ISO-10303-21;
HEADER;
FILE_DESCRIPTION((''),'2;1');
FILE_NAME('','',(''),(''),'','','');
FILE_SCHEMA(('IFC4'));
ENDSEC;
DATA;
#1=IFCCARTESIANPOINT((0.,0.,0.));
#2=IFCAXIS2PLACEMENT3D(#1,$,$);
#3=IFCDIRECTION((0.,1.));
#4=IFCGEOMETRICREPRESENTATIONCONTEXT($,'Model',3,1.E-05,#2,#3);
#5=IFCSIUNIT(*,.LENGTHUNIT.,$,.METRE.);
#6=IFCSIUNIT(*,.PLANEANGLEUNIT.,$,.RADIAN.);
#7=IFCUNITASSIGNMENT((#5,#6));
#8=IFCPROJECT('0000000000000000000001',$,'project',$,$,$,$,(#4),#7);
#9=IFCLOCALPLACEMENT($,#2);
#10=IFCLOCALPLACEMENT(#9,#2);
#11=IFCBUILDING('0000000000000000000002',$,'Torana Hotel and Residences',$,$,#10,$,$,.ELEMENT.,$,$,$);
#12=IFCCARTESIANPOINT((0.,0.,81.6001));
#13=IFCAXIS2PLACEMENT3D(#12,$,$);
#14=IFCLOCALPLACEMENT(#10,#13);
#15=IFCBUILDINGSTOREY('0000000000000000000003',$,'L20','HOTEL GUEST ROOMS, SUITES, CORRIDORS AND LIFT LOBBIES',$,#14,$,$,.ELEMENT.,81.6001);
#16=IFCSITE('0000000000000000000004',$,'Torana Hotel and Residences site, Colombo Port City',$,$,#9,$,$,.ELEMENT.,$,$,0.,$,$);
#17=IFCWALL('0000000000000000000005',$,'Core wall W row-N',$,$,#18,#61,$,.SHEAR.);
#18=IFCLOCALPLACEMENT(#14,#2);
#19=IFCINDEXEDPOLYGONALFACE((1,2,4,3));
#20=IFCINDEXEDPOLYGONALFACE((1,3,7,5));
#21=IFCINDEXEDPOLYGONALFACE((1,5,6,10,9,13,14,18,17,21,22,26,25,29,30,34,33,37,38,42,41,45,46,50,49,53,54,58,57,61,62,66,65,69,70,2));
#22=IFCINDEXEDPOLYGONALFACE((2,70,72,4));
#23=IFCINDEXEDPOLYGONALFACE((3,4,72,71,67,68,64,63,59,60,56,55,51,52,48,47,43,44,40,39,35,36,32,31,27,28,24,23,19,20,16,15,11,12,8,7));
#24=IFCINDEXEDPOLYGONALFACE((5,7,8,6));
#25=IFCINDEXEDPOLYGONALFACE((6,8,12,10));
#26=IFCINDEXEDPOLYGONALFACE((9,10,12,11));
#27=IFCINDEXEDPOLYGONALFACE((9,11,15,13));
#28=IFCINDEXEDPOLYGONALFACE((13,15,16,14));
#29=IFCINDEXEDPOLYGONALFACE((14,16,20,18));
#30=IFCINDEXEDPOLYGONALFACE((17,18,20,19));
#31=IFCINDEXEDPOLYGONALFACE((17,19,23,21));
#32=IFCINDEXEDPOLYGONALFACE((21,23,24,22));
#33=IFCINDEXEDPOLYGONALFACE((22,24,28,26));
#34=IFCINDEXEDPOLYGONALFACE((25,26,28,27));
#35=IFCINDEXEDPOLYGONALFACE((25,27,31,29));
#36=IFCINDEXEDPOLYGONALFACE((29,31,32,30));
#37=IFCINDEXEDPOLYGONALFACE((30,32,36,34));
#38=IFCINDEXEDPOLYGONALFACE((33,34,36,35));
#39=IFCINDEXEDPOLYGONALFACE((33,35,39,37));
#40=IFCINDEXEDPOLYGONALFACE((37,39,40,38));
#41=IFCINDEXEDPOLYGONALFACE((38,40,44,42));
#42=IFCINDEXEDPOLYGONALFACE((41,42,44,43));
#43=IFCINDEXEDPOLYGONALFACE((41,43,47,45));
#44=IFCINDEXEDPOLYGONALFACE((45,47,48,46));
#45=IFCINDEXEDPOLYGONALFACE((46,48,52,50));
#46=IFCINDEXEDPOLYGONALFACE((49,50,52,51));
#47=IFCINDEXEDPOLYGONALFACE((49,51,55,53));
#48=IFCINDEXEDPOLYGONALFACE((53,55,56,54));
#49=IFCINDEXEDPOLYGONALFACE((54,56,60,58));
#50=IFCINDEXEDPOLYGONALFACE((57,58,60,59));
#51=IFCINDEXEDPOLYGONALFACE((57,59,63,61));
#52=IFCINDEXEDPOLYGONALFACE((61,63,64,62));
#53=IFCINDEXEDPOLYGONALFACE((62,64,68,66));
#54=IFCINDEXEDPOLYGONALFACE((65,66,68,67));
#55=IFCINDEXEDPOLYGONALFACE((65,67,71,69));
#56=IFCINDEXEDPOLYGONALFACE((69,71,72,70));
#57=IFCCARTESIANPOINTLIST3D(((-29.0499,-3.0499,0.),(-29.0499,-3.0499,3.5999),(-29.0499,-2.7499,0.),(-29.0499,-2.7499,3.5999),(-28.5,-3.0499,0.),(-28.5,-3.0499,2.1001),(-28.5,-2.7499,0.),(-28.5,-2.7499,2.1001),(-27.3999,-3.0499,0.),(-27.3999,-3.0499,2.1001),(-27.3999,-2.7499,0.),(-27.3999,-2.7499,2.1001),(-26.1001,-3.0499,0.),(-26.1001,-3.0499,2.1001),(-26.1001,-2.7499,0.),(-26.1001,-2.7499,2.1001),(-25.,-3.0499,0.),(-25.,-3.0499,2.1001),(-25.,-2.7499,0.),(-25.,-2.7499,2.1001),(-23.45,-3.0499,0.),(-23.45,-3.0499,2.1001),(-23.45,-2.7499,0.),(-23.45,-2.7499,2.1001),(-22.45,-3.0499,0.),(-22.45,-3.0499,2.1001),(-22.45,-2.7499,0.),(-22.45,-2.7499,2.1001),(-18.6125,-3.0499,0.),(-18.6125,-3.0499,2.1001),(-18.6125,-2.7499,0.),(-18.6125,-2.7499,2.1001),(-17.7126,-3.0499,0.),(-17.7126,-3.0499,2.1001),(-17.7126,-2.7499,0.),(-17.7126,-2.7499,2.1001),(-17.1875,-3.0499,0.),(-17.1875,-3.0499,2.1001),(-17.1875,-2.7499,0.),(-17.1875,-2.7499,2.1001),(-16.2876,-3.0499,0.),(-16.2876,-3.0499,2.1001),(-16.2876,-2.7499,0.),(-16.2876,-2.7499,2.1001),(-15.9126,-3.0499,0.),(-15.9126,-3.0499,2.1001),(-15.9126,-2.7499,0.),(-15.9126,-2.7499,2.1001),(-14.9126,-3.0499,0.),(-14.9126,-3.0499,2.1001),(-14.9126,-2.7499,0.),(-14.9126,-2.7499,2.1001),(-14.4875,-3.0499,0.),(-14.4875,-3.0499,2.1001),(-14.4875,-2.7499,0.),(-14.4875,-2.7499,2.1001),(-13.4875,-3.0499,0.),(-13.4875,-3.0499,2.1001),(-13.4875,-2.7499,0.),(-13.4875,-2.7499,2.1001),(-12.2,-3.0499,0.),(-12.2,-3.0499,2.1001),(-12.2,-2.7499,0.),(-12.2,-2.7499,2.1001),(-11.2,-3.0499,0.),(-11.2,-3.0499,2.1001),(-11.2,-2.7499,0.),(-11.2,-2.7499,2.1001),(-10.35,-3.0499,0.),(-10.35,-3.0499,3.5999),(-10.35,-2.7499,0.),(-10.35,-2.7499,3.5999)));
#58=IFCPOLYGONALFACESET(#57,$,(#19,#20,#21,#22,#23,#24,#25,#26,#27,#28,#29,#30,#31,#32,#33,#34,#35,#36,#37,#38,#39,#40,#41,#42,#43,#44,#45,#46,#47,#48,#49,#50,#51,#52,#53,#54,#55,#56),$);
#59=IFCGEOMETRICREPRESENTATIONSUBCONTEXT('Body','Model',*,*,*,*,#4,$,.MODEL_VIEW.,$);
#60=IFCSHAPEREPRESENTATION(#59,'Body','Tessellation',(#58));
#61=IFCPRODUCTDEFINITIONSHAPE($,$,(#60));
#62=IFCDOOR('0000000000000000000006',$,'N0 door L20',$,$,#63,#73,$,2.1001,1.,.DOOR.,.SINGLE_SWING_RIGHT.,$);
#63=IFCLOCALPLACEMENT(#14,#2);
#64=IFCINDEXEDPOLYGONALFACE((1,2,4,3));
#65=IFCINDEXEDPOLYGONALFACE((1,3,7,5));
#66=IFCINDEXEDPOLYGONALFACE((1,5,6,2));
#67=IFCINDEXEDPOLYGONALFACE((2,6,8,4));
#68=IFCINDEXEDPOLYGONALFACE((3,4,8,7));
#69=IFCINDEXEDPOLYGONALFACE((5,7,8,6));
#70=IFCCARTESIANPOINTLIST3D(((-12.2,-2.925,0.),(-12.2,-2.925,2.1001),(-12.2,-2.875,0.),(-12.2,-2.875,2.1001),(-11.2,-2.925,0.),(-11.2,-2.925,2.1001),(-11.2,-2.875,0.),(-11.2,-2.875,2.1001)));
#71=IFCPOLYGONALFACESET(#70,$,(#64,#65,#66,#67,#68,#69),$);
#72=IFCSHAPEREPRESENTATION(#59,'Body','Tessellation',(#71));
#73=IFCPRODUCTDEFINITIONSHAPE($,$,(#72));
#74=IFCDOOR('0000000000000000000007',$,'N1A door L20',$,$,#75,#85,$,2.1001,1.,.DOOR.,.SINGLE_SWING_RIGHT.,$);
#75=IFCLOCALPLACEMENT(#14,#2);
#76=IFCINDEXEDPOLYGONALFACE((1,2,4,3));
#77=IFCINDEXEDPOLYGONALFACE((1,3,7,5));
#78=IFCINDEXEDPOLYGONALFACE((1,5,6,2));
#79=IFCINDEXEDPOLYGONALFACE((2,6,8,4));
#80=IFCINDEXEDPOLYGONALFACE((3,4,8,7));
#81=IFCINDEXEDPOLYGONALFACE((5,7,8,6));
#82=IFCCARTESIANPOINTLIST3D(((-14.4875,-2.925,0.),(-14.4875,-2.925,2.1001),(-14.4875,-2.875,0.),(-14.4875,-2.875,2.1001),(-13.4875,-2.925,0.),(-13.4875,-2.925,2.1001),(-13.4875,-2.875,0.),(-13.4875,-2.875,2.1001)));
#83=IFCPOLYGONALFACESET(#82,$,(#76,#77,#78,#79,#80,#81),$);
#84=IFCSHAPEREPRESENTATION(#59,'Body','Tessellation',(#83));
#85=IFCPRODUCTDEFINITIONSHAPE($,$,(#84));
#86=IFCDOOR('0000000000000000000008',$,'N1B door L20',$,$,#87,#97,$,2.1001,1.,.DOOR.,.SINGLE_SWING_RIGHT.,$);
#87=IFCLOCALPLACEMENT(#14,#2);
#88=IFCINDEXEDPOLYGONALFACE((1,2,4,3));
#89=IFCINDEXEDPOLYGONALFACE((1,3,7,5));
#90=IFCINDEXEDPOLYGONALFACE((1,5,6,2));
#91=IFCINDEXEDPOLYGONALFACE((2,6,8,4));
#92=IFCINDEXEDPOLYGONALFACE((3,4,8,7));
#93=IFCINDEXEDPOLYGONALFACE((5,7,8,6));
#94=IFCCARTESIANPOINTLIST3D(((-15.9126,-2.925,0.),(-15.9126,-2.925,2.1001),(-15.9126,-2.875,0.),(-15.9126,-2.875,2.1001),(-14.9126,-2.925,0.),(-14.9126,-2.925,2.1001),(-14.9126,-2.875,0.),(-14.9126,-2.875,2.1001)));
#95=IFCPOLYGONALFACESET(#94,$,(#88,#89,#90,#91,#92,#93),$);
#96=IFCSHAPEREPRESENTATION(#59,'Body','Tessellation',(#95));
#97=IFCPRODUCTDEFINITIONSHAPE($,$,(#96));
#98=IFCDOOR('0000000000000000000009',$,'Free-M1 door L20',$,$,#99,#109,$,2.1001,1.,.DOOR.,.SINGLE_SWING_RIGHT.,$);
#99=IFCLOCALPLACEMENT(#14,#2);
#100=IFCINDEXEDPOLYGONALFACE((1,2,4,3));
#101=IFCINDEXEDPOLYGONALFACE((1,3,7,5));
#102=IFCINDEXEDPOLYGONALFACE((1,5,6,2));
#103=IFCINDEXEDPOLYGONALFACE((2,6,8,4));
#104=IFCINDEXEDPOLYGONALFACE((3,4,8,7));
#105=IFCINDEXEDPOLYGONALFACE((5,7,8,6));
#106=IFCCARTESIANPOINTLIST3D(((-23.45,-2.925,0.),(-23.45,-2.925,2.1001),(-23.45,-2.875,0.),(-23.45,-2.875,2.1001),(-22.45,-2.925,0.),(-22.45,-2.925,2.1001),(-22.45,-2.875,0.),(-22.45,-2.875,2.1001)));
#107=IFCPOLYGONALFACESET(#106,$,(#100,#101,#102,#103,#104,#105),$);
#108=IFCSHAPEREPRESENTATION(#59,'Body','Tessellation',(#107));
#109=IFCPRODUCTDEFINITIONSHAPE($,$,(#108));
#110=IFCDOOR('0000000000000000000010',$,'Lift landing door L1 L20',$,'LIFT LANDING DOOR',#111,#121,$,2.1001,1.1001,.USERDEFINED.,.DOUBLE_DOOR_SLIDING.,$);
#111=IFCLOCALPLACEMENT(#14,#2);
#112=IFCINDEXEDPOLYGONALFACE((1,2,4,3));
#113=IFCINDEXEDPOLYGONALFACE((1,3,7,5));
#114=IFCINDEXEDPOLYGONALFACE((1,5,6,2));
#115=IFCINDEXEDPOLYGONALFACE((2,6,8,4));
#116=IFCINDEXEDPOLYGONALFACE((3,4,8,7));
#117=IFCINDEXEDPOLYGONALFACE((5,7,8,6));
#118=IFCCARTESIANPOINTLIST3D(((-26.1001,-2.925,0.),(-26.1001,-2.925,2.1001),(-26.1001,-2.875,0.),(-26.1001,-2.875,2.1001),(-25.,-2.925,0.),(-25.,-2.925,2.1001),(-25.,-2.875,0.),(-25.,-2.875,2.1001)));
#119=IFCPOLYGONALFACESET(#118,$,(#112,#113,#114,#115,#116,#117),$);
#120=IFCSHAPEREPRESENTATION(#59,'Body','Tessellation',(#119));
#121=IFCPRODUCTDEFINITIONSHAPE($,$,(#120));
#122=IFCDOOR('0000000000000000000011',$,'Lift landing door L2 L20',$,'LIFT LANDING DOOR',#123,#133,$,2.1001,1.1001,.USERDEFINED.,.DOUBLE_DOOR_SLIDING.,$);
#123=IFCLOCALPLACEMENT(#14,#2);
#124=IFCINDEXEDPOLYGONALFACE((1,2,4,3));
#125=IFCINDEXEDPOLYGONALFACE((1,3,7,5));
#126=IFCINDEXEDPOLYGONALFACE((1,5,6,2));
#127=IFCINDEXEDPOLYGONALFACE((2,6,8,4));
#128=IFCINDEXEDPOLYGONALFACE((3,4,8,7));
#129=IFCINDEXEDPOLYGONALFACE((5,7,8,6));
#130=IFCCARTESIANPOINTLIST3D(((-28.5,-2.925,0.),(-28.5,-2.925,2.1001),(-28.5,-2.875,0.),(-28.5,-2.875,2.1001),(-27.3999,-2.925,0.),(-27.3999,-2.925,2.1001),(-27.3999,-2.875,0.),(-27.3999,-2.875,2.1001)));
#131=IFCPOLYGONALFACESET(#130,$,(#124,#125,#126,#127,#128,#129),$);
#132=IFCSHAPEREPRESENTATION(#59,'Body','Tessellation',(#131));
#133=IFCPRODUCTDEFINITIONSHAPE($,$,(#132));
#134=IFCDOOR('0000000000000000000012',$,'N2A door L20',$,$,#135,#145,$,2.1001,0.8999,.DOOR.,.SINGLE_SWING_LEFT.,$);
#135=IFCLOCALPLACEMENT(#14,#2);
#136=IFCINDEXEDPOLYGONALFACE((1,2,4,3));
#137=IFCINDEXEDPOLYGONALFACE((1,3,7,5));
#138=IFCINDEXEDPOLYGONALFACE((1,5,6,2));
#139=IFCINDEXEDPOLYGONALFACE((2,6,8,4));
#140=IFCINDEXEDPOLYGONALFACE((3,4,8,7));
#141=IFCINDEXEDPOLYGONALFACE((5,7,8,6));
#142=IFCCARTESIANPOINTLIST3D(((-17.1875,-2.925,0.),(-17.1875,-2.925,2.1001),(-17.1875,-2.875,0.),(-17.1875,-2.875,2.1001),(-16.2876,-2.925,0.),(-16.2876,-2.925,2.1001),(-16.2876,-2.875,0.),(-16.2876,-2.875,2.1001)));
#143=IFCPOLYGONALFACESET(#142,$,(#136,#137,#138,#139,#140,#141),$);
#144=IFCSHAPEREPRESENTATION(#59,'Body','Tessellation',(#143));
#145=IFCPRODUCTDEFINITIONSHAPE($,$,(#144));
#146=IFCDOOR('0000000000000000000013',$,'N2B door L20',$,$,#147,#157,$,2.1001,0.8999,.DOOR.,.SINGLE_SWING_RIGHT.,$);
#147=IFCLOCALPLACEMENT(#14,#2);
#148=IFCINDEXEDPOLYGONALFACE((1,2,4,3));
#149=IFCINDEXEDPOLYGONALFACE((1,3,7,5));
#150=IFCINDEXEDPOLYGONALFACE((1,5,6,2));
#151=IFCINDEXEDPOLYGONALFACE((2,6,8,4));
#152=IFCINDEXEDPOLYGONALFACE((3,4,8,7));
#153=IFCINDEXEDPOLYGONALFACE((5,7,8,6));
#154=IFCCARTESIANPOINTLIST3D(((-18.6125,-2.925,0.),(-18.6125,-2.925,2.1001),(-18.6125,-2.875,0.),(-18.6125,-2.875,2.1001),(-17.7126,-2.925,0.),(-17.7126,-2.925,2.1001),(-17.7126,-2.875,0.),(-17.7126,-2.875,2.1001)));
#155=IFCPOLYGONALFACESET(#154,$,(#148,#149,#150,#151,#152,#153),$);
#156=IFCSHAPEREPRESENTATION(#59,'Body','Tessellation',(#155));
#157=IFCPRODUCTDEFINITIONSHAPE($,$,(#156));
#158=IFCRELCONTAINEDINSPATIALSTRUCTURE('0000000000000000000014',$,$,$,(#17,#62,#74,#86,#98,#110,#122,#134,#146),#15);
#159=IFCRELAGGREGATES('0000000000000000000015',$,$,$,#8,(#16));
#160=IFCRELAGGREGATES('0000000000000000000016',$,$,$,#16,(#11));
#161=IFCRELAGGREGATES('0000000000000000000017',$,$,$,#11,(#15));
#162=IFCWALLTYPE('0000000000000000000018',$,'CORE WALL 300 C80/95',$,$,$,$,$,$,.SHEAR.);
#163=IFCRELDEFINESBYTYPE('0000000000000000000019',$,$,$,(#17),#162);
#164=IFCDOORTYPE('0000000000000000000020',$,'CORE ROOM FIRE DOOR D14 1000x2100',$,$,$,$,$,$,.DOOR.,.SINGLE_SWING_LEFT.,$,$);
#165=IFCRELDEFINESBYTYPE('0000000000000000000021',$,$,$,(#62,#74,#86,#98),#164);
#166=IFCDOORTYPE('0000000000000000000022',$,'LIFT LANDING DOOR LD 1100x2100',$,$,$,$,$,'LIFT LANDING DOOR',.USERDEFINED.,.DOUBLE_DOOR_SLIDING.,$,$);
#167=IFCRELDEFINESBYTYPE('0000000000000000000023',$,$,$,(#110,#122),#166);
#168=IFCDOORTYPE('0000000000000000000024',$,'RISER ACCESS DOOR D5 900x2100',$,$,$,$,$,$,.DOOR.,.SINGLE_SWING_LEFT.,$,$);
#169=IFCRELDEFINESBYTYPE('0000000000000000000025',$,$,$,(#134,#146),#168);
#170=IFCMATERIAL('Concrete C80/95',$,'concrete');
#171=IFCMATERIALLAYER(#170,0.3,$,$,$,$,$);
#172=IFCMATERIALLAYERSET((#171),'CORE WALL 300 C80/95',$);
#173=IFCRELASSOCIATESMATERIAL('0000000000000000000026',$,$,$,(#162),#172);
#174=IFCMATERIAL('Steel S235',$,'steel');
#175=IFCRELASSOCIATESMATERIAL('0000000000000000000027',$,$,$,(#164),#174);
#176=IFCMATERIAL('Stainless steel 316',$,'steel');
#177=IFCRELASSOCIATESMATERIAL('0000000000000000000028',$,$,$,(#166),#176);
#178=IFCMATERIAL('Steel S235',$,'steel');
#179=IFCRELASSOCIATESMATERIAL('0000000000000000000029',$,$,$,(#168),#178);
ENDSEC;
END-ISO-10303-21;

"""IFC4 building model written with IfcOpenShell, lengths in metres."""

from ifc_helpers import new_model, si_unit, direction, frame, frame_2d, origin, place, context, subcontext, project, spatial, rectangle, extrude, material, layer, layer_set, type_object, element, fill, save


model = new_model("IFC4")

# Units and contexts
model_context = context("Model", 3, precision=1e-05, world=origin(), true_north=direction((0.0, 1.0)))
body_context = subcontext(model_context, "Body", "Model", "MODEL_VIEW")
ifc_project = project(units=[si_unit("LENGTHUNIT", "METRE"), si_unit("PLANEANGLEUNIT", "RADIAN")], contexts=[model_context])

# Site, building, storey
site_placement = place(None, origin())
site = spatial("IfcSite", under=ifc_project, at=site_placement, Name="Torana Hotel and Residences site, Colombo Port City", CompositionType="ELEMENT", RefElevation=0.0)
building_placement = place(site_placement, origin())
building = spatial("IfcBuilding", under=site, at=building_placement, Name="Torana Hotel and Residences", CompositionType="ELEMENT")
storey_placement = place(building_placement, frame((0.0, 0.0, 81.6001)))
storey = spatial("IfcBuildingStorey", under=building, at=storey_placement, Name="L20", Description="HOTEL GUEST ROOMS, SUITES, CORRIDORS AND LIFT LOBBIES", CompositionType="ELEMENT", Elevation=81.6001)

# Wall, openings, doors
ifc_material_1 = material(Name="Concrete C80/95", Category="concrete")
ifc_layer_1 = layer(ifc_material_1, 0.3)
ifc_layer_set_1 = layer_set([ifc_layer_1], Name="CORE WALL 300 C80/95")
wall_type_1 = type_object("IfcWallType", Name="CORE WALL 300 C80/95", PredefinedType="SHEAR", material=ifc_layer_set_1)
wall_1_placement = place(storey_placement, frame((-29.05, -2.8999, 0.0), z_axis=(0.0, 0.0, 1.0), x_axis=(1.0, 0.0, 0.0)))
wall_1 = element("IfcWall", 1, at=wall_1_placement, inside=storey, type_object=wall_type_1, Name="Core wall W row-N", PredefinedType="SHEAR", context=body_context, shape_type="SweptSolid", body=[
    extrude(rectangle(XDim=18.7, YDim=0.3, at=frame_2d((9.3501, 0.0))), origin(), (0.0, 0.0, 1.0), 3.5999),
])
opening_1_placement = place(wall_1_placement, frame((2.95, 0.0, 0.0)))
opening_1 = element("IfcOpeningElement", 2, at=opening_1_placement, cuts=wall_1, PredefinedType="OPENING", context=body_context, shape_type="SweptSolid", body=[
    extrude(rectangle(XDim=1.1001, YDim=2.1001, at=frame_2d((0.55, 1.05))), frame((0.0, 0.1599, 0.0), z_axis=(0.0, -1.0, 0.0), x_axis=(1.0, 0.0, 0.0)), (0.0, 0.0, 1.0), 0.3201),
])
opening_2_placement = place(wall_1_placement, frame((0.55, 0.0, 0.0)))
opening_2 = element("IfcOpeningElement", 3, at=opening_2_placement, cuts=wall_1, PredefinedType="OPENING", context=body_context, shape_type="SweptSolid", body=[
    extrude(rectangle(XDim=1.1001, YDim=2.1001, at=frame_2d((0.55, 1.05))), frame((0.0, 0.1599, 0.0), z_axis=(0.0, -1.0, 0.0), x_axis=(1.0, 0.0, 0.0)), (0.0, 0.0, 1.0), 0.3201),
])
opening_3_placement = place(wall_1_placement, frame((11.8625, 0.0, 0.0)))
opening_3 = element("IfcOpeningElement", 4, at=opening_3_placement, cuts=wall_1, PredefinedType="OPENING", context=body_context, shape_type="SweptSolid", body=[
    extrude(rectangle(XDim=0.8999, YDim=2.1001, at=frame_2d((0.45, 1.05))), frame((0.0, 0.1599, 0.0), z_axis=(0.0, -1.0, 0.0), x_axis=(1.0, 0.0, 0.0)), (0.0, 0.0, 1.0), 0.3201),
])
opening_4_placement = place(wall_1_placement, frame((10.4375, 0.0, 0.0)))
opening_4 = element("IfcOpeningElement", 5, at=opening_4_placement, cuts=wall_1, PredefinedType="OPENING", context=body_context, shape_type="SweptSolid", body=[
    extrude(rectangle(XDim=0.8999, YDim=2.1001, at=frame_2d((0.45, 1.05))), frame((0.0, 0.1599, 0.0), z_axis=(0.0, -1.0, 0.0), x_axis=(1.0, 0.0, 0.0)), (0.0, 0.0, 1.0), 0.3201),
])
opening_5_placement = place(wall_1_placement, frame((16.8501, 0.0, 0.0)))
opening_5 = element("IfcOpeningElement", 6, at=opening_5_placement, cuts=wall_1, PredefinedType="OPENING", context=body_context, shape_type="SweptSolid", body=[
    extrude(rectangle(XDim=1.0, YDim=2.1001, at=frame_2d((0.5, 1.05))), frame((0.0, 0.1599, 0.0), z_axis=(0.0, -1.0, 0.0), x_axis=(1.0, 0.0, 0.0)), (0.0, 0.0, 1.0), 0.3201),
])
opening_6_placement = place(wall_1_placement, frame((14.5625, 0.0, 0.0)))
opening_6 = element("IfcOpeningElement", 7, at=opening_6_placement, cuts=wall_1, PredefinedType="OPENING", context=body_context, shape_type="SweptSolid", body=[
    extrude(rectangle(XDim=1.0, YDim=2.1001, at=frame_2d((0.5, 1.05))), frame((0.0, 0.1599, 0.0), z_axis=(0.0, -1.0, 0.0), x_axis=(1.0, 0.0, 0.0)), (0.0, 0.0, 1.0), 0.3201),
])
opening_7_placement = place(wall_1_placement, frame((13.1375, 0.0, 0.0)))
opening_7 = element("IfcOpeningElement", 8, at=opening_7_placement, cuts=wall_1, PredefinedType="OPENING", context=body_context, shape_type="SweptSolid", body=[
    extrude(rectangle(XDim=1.0, YDim=2.1001, at=frame_2d((0.5, 1.05))), frame((0.0, 0.1599, 0.0), z_axis=(0.0, -1.0, 0.0), x_axis=(1.0, 0.0, 0.0)), (0.0, 0.0, 1.0), 0.3201),
])
opening_8_placement = place(wall_1_placement, frame((5.6001, 0.0, 0.0)))
opening_8 = element("IfcOpeningElement", 9, at=opening_8_placement, cuts=wall_1, PredefinedType="OPENING", context=body_context, shape_type="SweptSolid", body=[
    extrude(rectangle(XDim=1.0, YDim=2.1001, at=frame_2d((0.5, 1.05))), frame((0.0, 0.1599, 0.0), z_axis=(0.0, -1.0, 0.0), x_axis=(1.0, 0.0, 0.0)), (0.0, 0.0, 1.0), 0.3201),
])
ifc_material_2 = material(Name="Steel S235", Category="steel")
door_type_1 = type_object("IfcDoorType", Name="CORE ROOM FIRE DOOR D14 1000x2100", OperationType="SINGLE_SWING_LEFT", PredefinedType="DOOR", material=ifc_material_2)
door_1_placement = place(opening_5_placement, origin())
door_1 = element("IfcDoor", 10, at=door_1_placement, inside=storey, type_object=door_type_1, Name="N0 door L20", OperationType="SINGLE_SWING_RIGHT", OverallHeight=2.1001, OverallWidth=1.0, PredefinedType="DOOR", context=body_context, shape_type="SweptSolid", body=[
    extrude(rectangle(XDim=1.0, YDim=2.1001, at=frame_2d((0.5, 1.05))), frame((0.0, 0.0249, 0.0), z_axis=(0.0, -1.0, 0.0), x_axis=(1.0, 0.0, 0.0)), (0.0, 0.0, 1.0), 0.05),
])
fill(opening_5, door_1)
door_2_placement = place(opening_6_placement, origin())
door_2 = element("IfcDoor", 11, at=door_2_placement, inside=storey, type_object=door_type_1, Name="N1A door L20", OperationType="SINGLE_SWING_RIGHT", OverallHeight=2.1001, OverallWidth=1.0, PredefinedType="DOOR", context=body_context, shape_type="SweptSolid", body=[
    extrude(rectangle(XDim=1.0, YDim=2.1001, at=frame_2d((0.5, 1.05))), frame((0.0, 0.0249, 0.0), z_axis=(0.0, -1.0, 0.0), x_axis=(1.0, 0.0, 0.0)), (0.0, 0.0, 1.0), 0.05),
])
fill(opening_6, door_2)
door_3_placement = place(opening_7_placement, origin())
door_3 = element("IfcDoor", 12, at=door_3_placement, inside=storey, type_object=door_type_1, Name="N1B door L20", OperationType="SINGLE_SWING_RIGHT", OverallHeight=2.1001, OverallWidth=1.0, PredefinedType="DOOR", context=body_context, shape_type="SweptSolid", body=[
    extrude(rectangle(XDim=1.0, YDim=2.1001, at=frame_2d((0.5, 1.05))), frame((0.0, 0.0249, 0.0), z_axis=(0.0, -1.0, 0.0), x_axis=(1.0, 0.0, 0.0)), (0.0, 0.0, 1.0), 0.05),
])
fill(opening_7, door_3)
door_4_placement = place(opening_8_placement, origin())
door_4 = element("IfcDoor", 13, at=door_4_placement, inside=storey, type_object=door_type_1, Name="Free-M1 door L20", OperationType="SINGLE_SWING_RIGHT", OverallHeight=2.1001, OverallWidth=1.0, PredefinedType="DOOR", context=body_context, shape_type="SweptSolid", body=[
    extrude(rectangle(XDim=1.0, YDim=2.1001, at=frame_2d((0.5, 1.05))), frame((0.0, 0.0249, 0.0), z_axis=(0.0, -1.0, 0.0), x_axis=(1.0, 0.0, 0.0)), (0.0, 0.0, 1.0), 0.05),
])
fill(opening_8, door_4)
ifc_material_3 = material(Name="Stainless steel 316", Category="steel")
door_type_2 = type_object("IfcDoorType", Name="LIFT LANDING DOOR LD 1100x2100", ElementType="LIFT LANDING DOOR", OperationType="DOUBLE_DOOR_SLIDING", PredefinedType="USERDEFINED", material=ifc_material_3)
door_5_placement = place(opening_1_placement, origin())
door_5 = element("IfcDoor", 14, at=door_5_placement, inside=storey, type_object=door_type_2, Name="Lift landing door L1 L20", ObjectType="LIFT LANDING DOOR", OperationType="DOUBLE_DOOR_SLIDING", OverallHeight=2.1001, OverallWidth=1.1001, PredefinedType="USERDEFINED", context=body_context, shape_type="SweptSolid", body=[
    extrude(rectangle(XDim=1.1001, YDim=2.1001, at=frame_2d((0.55, 1.05))), frame((0.0, 0.0249, 0.0), z_axis=(0.0, -1.0, 0.0), x_axis=(1.0, 0.0, 0.0)), (0.0, 0.0, 1.0), 0.05),
])
fill(opening_1, door_5)
door_6_placement = place(opening_2_placement, origin())
door_6 = element("IfcDoor", 15, at=door_6_placement, inside=storey, type_object=door_type_2, Name="Lift landing door L2 L20", ObjectType="LIFT LANDING DOOR", OperationType="DOUBLE_DOOR_SLIDING", OverallHeight=2.1001, OverallWidth=1.1001, PredefinedType="USERDEFINED", context=body_context, shape_type="SweptSolid", body=[
    extrude(rectangle(XDim=1.1001, YDim=2.1001, at=frame_2d((0.55, 1.05))), frame((0.0, 0.0249, 0.0), z_axis=(0.0, -1.0, 0.0), x_axis=(1.0, 0.0, 0.0)), (0.0, 0.0, 1.0), 0.05),
])
fill(opening_2, door_6)
ifc_material_4 = material(Name="Steel S235", Category="steel")
door_type_3 = type_object("IfcDoorType", Name="RISER ACCESS DOOR D5 900x2100", OperationType="SINGLE_SWING_LEFT", PredefinedType="DOOR", material=ifc_material_4)
door_7_placement = place(opening_3_placement, origin())
door_7 = element("IfcDoor", 16, at=door_7_placement, inside=storey, type_object=door_type_3, Name="N2A door L20", OperationType="SINGLE_SWING_LEFT", OverallHeight=2.1001, OverallWidth=0.8999, PredefinedType="DOOR", context=body_context, shape_type="SweptSolid", body=[
    extrude(rectangle(XDim=0.8999, YDim=2.1001, at=frame_2d((0.45, 1.05))), frame((0.0, 0.0249, 0.0), z_axis=(0.0, -1.0, 0.0), x_axis=(1.0, 0.0, 0.0)), (0.0, 0.0, 1.0), 0.05),
])
fill(opening_3, door_7)
door_8_placement = place(opening_4_placement, origin())
door_8 = element("IfcDoor", 17, at=door_8_placement, inside=storey, type_object=door_type_3, Name="N2B door L20", OperationType="SINGLE_SWING_RIGHT", OverallHeight=2.1001, OverallWidth=0.8999, PredefinedType="DOOR", context=body_context, shape_type="SweptSolid", body=[
    extrude(rectangle(XDim=0.8999, YDim=2.1001, at=frame_2d((0.45, 1.05))), frame((0.0, 0.0249, 0.0), z_axis=(0.0, -1.0, 0.0), x_axis=(1.0, 0.0, 0.0)), (0.0, 0.0, 1.0), 0.05),
])
fill(opening_4, door_8)

save(model, "model.ifc")
